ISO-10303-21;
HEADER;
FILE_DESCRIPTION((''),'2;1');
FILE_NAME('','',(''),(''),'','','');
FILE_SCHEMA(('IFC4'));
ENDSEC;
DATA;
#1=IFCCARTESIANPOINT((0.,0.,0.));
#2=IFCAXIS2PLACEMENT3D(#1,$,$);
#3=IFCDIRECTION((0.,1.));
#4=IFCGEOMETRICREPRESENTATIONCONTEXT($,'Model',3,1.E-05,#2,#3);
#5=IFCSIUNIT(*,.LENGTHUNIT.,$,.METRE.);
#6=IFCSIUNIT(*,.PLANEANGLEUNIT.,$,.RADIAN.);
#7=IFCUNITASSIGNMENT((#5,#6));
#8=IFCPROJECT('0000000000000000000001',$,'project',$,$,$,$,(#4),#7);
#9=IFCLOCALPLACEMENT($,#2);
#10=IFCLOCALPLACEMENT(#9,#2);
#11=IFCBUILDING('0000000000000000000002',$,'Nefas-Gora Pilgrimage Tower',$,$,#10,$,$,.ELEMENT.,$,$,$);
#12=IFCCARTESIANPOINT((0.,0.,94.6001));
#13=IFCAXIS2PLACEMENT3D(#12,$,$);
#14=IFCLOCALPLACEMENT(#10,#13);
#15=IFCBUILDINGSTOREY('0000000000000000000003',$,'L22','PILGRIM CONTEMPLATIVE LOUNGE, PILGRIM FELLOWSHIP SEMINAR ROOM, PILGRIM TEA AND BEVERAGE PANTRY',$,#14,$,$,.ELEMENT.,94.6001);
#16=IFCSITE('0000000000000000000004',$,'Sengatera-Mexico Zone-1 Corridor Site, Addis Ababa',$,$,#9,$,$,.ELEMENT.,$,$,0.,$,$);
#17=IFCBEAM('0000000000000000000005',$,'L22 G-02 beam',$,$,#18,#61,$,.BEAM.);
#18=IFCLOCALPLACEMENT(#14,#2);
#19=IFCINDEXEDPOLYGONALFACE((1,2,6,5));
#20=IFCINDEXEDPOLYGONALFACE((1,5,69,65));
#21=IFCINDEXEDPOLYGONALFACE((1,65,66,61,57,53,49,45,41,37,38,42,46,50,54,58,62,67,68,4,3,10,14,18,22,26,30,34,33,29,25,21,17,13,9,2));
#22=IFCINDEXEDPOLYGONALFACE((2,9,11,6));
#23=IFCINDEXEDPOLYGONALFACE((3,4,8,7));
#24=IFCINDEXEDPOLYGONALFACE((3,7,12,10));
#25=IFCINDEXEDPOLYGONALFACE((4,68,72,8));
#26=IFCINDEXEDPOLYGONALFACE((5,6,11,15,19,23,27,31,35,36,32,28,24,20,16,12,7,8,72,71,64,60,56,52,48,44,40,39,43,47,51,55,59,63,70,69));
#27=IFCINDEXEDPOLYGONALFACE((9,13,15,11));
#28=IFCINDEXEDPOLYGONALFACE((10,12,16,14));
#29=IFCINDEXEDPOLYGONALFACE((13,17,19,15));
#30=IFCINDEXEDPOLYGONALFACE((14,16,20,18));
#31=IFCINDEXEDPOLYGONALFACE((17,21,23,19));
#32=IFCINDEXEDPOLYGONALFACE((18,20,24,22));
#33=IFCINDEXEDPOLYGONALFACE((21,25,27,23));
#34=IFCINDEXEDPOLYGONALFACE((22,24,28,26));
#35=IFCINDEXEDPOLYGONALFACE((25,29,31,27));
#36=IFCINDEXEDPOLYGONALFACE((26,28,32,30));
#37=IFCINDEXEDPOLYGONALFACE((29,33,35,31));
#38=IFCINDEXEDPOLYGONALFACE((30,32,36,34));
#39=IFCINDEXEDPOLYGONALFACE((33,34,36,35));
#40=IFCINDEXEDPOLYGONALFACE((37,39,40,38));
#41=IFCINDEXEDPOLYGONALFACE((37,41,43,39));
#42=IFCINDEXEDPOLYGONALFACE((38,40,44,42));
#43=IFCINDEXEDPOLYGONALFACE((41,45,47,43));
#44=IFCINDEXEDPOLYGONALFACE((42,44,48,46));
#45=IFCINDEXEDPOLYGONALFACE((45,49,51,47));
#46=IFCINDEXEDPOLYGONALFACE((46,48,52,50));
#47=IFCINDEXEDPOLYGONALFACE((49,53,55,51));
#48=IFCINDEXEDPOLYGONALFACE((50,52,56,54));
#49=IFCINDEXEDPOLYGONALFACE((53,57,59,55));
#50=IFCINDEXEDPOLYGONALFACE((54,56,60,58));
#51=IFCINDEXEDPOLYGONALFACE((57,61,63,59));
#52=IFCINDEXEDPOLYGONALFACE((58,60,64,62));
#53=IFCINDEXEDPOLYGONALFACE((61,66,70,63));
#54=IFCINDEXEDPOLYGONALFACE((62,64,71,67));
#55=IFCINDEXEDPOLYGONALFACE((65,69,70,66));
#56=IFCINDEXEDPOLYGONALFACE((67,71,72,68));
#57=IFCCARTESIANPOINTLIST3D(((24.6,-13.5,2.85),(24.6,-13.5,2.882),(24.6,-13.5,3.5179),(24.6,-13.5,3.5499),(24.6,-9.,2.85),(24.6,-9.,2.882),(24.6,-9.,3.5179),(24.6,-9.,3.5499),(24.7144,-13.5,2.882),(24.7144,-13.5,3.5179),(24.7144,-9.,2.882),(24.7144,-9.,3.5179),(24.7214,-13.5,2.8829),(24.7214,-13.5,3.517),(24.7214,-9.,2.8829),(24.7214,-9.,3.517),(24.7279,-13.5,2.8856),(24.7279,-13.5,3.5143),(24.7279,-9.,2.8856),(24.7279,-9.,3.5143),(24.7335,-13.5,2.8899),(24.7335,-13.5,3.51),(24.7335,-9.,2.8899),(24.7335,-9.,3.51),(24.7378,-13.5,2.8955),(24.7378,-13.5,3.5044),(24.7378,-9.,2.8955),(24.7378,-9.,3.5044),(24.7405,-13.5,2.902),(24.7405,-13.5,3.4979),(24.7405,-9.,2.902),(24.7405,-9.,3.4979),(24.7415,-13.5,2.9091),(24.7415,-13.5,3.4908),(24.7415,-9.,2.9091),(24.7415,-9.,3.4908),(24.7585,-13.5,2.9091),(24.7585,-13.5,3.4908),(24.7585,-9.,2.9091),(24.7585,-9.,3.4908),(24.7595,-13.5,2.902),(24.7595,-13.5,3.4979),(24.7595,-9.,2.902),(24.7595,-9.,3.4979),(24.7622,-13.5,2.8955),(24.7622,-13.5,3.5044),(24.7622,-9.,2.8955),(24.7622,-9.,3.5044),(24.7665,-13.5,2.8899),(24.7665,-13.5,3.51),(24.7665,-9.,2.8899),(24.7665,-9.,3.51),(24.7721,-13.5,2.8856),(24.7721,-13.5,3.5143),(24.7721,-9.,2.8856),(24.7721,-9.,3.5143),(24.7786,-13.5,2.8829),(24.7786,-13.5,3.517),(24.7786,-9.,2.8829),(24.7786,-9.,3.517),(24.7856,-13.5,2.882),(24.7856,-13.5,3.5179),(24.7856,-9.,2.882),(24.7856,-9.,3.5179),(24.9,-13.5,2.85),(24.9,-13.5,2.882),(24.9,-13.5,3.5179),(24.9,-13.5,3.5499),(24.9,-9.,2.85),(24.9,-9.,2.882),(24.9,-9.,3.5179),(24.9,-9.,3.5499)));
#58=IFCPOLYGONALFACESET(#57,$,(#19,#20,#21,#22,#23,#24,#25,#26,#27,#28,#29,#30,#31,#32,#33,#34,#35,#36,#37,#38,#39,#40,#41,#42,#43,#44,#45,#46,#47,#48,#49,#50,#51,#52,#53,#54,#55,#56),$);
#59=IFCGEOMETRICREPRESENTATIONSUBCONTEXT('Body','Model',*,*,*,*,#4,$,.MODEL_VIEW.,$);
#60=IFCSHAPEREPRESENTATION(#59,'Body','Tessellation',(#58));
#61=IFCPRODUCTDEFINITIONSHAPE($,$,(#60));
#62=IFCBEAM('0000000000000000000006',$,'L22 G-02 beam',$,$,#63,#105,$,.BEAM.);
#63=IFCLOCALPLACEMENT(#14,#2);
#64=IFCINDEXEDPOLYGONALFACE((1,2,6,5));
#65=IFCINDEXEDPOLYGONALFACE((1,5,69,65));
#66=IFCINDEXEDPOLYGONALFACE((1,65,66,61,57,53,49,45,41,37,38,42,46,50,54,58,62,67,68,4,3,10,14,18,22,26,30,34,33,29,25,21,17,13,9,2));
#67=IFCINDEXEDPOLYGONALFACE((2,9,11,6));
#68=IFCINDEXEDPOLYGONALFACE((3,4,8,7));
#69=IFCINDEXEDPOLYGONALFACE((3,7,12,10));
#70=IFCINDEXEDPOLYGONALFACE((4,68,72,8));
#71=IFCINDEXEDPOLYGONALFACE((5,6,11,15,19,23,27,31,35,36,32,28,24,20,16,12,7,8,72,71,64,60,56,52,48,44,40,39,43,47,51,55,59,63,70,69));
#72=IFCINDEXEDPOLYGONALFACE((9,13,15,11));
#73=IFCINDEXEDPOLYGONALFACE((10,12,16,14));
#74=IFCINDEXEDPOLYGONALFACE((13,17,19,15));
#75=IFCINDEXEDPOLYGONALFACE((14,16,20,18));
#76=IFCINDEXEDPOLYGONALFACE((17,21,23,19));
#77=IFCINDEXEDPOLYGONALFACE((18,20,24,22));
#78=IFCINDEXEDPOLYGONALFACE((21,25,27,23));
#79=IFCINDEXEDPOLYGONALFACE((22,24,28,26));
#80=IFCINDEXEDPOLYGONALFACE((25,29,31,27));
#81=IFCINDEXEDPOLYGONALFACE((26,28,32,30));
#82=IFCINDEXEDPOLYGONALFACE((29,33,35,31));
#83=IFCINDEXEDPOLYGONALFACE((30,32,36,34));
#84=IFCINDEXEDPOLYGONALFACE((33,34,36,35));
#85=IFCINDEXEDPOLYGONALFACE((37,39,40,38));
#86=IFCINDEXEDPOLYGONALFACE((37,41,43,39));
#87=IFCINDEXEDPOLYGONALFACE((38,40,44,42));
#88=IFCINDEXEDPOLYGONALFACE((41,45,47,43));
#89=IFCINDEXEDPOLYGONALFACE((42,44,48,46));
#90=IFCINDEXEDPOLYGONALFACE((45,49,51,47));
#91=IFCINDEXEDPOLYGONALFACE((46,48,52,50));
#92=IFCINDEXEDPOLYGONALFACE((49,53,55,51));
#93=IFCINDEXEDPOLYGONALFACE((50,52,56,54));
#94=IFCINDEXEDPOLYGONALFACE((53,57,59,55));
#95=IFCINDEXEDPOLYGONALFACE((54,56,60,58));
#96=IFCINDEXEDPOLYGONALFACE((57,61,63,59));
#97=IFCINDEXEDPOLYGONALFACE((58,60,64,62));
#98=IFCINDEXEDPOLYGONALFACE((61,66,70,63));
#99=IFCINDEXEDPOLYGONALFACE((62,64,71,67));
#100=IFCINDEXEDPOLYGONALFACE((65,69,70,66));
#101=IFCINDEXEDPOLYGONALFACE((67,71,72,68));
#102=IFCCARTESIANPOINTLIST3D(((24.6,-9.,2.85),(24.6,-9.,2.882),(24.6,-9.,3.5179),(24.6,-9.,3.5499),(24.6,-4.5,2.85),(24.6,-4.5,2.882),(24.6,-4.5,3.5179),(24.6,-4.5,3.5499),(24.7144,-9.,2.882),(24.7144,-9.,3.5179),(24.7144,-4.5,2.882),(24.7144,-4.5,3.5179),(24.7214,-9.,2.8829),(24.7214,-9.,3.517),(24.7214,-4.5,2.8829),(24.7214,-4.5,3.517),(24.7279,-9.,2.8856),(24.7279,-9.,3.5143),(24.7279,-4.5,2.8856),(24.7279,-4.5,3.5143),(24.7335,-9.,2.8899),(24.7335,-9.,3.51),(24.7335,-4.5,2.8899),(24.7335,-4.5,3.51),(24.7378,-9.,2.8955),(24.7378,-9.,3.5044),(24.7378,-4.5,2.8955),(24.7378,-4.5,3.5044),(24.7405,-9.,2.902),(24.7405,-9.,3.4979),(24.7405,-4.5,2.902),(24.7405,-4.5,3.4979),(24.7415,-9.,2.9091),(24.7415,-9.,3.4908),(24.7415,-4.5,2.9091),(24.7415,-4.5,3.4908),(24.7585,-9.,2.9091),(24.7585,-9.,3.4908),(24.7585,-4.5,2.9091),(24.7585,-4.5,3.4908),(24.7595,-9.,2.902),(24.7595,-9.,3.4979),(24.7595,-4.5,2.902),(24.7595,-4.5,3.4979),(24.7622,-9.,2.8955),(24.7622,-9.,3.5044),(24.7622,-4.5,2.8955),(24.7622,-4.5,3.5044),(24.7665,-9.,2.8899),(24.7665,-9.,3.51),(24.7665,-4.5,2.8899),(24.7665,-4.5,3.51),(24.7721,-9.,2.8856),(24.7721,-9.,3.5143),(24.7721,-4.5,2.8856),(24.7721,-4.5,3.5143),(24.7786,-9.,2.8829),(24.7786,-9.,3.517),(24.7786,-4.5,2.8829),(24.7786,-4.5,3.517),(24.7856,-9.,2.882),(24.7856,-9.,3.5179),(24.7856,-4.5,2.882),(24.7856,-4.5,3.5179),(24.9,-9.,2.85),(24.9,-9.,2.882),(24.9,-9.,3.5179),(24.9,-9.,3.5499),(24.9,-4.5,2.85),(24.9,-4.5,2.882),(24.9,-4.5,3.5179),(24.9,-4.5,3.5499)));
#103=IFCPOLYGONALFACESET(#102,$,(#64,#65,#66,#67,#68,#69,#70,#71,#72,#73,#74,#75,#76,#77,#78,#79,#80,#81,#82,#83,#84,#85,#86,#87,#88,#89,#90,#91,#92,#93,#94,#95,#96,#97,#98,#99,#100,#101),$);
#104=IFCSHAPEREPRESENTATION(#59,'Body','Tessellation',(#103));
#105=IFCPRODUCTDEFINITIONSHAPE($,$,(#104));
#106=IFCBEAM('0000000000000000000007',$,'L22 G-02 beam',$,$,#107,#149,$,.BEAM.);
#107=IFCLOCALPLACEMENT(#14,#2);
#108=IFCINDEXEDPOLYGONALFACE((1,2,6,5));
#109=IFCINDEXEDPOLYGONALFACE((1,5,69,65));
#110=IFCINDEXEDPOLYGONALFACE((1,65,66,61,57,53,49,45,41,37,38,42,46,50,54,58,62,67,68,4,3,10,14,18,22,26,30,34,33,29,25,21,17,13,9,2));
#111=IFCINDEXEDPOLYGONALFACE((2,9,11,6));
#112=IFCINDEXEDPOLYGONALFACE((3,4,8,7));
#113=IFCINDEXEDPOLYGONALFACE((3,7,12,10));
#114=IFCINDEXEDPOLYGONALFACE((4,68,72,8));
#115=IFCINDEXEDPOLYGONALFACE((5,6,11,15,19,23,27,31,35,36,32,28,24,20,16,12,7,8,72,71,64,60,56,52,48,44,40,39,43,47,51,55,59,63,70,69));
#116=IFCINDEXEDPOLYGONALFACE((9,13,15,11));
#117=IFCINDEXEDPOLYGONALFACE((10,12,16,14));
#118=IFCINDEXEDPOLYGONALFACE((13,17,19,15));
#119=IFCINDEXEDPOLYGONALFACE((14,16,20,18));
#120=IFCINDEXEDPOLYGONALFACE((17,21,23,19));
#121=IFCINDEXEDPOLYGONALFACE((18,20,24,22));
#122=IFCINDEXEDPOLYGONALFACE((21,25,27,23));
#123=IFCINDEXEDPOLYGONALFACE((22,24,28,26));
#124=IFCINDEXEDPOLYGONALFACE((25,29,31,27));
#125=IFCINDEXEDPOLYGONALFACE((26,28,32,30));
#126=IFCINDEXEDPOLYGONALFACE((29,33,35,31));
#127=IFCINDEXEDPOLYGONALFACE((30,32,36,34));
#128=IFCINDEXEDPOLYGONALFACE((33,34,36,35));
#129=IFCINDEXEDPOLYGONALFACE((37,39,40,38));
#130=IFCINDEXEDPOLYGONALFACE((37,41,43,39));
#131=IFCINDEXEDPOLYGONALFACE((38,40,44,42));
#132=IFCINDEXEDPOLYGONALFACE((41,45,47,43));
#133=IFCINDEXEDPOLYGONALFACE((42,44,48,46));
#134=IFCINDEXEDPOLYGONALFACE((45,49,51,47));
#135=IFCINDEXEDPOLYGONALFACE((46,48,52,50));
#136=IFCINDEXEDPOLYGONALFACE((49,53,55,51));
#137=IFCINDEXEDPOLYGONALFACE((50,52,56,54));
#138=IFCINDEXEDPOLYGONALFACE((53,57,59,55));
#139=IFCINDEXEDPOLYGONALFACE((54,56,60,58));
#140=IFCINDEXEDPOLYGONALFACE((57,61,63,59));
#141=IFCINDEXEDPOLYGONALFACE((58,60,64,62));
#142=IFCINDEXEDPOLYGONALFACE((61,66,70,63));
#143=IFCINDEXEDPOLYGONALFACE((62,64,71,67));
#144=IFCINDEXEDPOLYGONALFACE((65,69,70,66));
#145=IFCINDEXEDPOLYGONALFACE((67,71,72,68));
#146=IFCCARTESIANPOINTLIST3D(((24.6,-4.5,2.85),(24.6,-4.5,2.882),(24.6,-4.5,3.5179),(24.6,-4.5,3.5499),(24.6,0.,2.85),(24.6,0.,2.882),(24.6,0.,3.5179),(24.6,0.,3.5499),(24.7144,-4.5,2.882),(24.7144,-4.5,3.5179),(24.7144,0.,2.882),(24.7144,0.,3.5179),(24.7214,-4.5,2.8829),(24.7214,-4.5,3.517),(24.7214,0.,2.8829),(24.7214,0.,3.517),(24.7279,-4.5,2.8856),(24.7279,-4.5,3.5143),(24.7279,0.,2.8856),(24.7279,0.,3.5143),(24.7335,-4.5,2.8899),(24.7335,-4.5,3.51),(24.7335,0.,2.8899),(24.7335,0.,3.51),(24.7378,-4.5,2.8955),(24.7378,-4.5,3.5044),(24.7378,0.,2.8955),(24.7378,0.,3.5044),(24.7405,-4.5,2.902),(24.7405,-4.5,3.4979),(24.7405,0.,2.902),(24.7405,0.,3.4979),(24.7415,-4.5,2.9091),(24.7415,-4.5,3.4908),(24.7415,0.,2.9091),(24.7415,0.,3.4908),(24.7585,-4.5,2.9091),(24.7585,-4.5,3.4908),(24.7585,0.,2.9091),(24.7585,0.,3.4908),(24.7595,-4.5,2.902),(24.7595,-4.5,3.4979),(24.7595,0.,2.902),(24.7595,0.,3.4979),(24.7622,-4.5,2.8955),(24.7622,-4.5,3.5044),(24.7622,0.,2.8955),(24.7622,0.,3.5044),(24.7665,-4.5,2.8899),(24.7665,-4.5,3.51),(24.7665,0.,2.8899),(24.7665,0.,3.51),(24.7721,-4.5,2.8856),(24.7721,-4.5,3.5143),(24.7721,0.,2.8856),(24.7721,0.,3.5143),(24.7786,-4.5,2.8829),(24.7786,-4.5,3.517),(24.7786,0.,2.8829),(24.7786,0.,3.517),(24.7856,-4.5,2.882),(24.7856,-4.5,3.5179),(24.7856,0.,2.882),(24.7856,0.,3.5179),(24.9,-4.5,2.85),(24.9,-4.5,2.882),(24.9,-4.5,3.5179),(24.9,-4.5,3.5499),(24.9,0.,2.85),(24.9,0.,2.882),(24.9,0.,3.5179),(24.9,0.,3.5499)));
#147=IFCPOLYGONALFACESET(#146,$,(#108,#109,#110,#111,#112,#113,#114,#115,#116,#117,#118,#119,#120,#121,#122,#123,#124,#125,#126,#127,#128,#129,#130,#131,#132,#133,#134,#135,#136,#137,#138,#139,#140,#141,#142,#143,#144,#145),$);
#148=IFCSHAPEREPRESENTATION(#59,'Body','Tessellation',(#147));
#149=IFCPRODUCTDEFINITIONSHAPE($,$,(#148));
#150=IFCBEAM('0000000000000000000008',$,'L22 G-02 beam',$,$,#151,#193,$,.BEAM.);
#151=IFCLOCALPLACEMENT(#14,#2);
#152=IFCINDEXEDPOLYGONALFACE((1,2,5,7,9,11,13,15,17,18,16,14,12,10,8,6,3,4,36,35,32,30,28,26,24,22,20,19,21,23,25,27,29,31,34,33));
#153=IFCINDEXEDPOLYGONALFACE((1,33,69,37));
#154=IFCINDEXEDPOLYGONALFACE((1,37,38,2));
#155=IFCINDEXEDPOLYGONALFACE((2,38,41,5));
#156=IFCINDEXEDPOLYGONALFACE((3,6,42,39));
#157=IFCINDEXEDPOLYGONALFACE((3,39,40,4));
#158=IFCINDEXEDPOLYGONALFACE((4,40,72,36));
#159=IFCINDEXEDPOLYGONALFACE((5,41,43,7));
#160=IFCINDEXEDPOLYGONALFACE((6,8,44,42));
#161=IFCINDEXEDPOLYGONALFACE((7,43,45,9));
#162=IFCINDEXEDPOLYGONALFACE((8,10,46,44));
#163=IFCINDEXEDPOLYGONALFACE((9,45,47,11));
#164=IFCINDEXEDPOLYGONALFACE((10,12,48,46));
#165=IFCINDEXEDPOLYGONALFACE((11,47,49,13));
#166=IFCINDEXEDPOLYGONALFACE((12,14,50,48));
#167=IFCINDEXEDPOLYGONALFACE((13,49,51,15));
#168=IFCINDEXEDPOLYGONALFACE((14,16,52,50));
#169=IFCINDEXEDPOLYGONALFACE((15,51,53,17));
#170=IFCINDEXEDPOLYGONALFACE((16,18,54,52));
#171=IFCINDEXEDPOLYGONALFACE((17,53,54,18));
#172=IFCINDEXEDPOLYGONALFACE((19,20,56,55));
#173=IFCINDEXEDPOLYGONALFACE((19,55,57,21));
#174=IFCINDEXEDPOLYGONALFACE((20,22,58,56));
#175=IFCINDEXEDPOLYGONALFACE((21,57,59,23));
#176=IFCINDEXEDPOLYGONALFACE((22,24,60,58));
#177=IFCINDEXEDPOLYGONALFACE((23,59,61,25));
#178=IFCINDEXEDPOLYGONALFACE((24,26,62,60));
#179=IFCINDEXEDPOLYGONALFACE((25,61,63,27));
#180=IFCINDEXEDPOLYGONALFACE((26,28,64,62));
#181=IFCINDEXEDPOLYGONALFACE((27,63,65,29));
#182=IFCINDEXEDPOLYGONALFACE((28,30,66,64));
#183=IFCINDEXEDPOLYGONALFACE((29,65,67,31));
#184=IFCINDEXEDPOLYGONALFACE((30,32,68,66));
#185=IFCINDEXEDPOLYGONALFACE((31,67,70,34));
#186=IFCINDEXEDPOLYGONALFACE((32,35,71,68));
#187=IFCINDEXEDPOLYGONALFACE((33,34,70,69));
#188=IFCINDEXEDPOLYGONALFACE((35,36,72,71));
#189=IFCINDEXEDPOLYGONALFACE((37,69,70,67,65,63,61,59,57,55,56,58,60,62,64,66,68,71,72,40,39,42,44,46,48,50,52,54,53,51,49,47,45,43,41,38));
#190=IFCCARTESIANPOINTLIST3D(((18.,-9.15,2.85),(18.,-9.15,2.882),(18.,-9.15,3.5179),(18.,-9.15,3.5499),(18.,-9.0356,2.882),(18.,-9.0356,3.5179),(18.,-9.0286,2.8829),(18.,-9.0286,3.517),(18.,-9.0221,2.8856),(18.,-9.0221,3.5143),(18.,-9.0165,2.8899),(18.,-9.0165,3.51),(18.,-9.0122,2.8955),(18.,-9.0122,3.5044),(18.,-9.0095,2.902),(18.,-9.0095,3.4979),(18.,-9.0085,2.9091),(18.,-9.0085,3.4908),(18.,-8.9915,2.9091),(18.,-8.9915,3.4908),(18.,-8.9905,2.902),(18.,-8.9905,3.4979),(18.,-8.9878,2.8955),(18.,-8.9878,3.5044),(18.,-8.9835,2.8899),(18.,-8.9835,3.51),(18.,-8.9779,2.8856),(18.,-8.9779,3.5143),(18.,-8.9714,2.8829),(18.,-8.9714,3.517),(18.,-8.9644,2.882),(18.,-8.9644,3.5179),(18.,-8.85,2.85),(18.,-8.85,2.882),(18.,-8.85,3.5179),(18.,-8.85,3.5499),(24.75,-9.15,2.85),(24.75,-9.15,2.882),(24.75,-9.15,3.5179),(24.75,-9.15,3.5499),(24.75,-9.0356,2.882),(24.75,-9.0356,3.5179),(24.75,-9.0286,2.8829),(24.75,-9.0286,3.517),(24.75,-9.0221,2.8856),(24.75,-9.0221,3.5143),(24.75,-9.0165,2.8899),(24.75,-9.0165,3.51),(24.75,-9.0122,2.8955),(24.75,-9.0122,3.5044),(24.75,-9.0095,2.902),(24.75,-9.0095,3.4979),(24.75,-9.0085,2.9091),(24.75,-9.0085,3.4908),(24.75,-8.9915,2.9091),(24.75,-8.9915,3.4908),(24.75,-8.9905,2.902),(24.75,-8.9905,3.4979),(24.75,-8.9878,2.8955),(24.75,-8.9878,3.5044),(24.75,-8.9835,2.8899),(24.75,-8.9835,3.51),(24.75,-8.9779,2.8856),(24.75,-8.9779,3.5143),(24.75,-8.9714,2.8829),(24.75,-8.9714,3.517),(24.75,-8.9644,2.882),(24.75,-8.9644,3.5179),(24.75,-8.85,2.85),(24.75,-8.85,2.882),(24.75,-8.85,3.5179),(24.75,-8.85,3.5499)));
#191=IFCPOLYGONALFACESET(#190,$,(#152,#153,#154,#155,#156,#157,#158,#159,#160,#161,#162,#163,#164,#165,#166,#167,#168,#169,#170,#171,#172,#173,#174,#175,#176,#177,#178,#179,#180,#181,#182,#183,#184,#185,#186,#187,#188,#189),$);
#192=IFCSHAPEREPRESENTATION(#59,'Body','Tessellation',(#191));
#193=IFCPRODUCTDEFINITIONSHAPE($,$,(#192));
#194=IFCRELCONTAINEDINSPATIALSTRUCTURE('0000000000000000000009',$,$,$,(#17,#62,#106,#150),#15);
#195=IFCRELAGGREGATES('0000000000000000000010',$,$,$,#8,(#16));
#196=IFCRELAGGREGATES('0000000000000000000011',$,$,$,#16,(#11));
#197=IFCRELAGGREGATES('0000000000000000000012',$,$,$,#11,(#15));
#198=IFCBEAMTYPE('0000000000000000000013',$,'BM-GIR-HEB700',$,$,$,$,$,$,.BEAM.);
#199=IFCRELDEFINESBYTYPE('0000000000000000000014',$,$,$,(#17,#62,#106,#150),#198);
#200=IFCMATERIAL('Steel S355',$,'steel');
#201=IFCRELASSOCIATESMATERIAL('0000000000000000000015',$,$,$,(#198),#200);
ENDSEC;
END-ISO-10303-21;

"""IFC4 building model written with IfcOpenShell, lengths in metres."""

from ifc_helpers import new_model, si_unit, direction, frame, origin, origin_2d, place, context, subcontext, project, spatial, i_section, extrude, source, transform, mapped, material, material_profile, profile_set, type_object, element, save


model = new_model("IFC4")

# Units and contexts
model_context = context("Model", 3, precision=1e-05, world=origin(), true_north=direction((0.0, 1.0)))
body_context = subcontext(model_context, "Body", "Model", "MODEL_VIEW")
ifc_project = project(units=[si_unit("LENGTHUNIT", "METRE"), si_unit("PLANEANGLEUNIT", "RADIAN")], contexts=[model_context])

# Site, building, storey
site_placement = place(None, origin())
site = spatial("IfcSite", under=ifc_project, at=site_placement, Name="Sengatera-Mexico Zone-1 Corridor Site, Addis Ababa", CompositionType="ELEMENT", RefElevation=0.0)
building_placement = place(site_placement, origin())
building = spatial("IfcBuilding", under=site, at=building_placement, Name="Nefas-Gora Pilgrimage Tower", CompositionType="ELEMENT")
storey_placement = place(building_placement, frame((0.0, 0.0, 94.6001)))
storey = spatial("IfcBuildingStorey", under=building, at=storey_placement, Name="L22", Description="PILGRIM CONTEMPLATIVE LOUNGE, PILGRIM FELLOWSHIP SEMINAR ROOM, PILGRIM TEA AND BEVERAGE PANTRY", CompositionType="ELEMENT", Elevation=94.6001)

# Beams
ifc_material_1 = material(Name="Steel S355", Category="steel")
ifc_material_profile_1 = material_profile(ifc_material_1, i_section(OverallWidth=0.3, OverallDepth=0.7, WebThickness=0.0171, FlangeThickness=0.032, FilletRadius=0.0271, at=origin_2d()), Name="HEB 700")
ifc_profile_set_1 = profile_set([ifc_material_profile_1], Name="Steel S355")
beam_type_1 = type_object("IfcBeamType", Name="BM-GIR-HEB700", PredefinedType="BEAM", material=ifc_profile_set_1)
shared_shape_1 = source(origin(), body_context, "Body", "SweptSolid", [
    extrude(i_section(OverallWidth=0.3, OverallDepth=0.7, WebThickness=0.0171, FlangeThickness=0.032, FilletRadius=0.0271, at=origin_2d()), origin(), (0.0, 0.0, 1.0), 4.5),
])
for number, where, z_axis, x_axis, name in (
    (1, (24.75, -13.5, 3.2), (0.0, 1.0, 0.0), (-1.0, 0.0, 0.0), "L22 G-02 beam"),
    (2, (24.75, -9.0, 3.2), (0.0, 1.0, 0.0), (-1.0, 0.0, 0.0), "L22 G-02 beam"),
    (3, (24.75, -4.5, 3.2), (0.0, 1.0, 0.0), (-1.0, 0.0, 0.0), "L22 G-02 beam"),
):
    element("IfcBeam", number, at=place(storey_placement, frame(where, z_axis=z_axis, x_axis=x_axis)), inside=storey, type_object=beam_type_1, Name=name, PredefinedType="BEAM", context=body_context, shape_type="MappedRepresentation", body=[
        mapped(shared_shape_1, transform((0.0, 0.0, 0.0), x_axis=(1.0, 0.0, 0.0), y_axis=(0.0, 1.0, 0.0), z_axis=(0.0, 0.0, 1.0), scale=1.0)),
    ])
shared_shape_2 = source(origin(), body_context, "Body", "SweptSolid", [
    extrude(i_section(OverallWidth=0.3, OverallDepth=0.7, WebThickness=0.0171, FlangeThickness=0.032, FilletRadius=0.0271, at=origin_2d()), origin(), (0.0, 0.0, 1.0), 6.75),
])
for number, where, z_axis, x_axis, name in (
    (4, (18.0, -9.0, 3.2), (1.0, 0.0, 0.0), (0.0, 1.0, 0.0), "L22 G-02 beam"),
):
    element("IfcBeam", number, at=place(storey_placement, frame(where, z_axis=z_axis, x_axis=x_axis)), inside=storey, type_object=beam_type_1, Name=name, PredefinedType="BEAM", context=body_context, shape_type="MappedRepresentation", body=[
        mapped(shared_shape_2, transform((0.0, 0.0, 0.0), x_axis=(1.0, 0.0, 0.0), y_axis=(0.0, 1.0, 0.0), z_axis=(0.0, 0.0, 1.0), scale=1.0)),
    ])

save(model, "model.ifc")
